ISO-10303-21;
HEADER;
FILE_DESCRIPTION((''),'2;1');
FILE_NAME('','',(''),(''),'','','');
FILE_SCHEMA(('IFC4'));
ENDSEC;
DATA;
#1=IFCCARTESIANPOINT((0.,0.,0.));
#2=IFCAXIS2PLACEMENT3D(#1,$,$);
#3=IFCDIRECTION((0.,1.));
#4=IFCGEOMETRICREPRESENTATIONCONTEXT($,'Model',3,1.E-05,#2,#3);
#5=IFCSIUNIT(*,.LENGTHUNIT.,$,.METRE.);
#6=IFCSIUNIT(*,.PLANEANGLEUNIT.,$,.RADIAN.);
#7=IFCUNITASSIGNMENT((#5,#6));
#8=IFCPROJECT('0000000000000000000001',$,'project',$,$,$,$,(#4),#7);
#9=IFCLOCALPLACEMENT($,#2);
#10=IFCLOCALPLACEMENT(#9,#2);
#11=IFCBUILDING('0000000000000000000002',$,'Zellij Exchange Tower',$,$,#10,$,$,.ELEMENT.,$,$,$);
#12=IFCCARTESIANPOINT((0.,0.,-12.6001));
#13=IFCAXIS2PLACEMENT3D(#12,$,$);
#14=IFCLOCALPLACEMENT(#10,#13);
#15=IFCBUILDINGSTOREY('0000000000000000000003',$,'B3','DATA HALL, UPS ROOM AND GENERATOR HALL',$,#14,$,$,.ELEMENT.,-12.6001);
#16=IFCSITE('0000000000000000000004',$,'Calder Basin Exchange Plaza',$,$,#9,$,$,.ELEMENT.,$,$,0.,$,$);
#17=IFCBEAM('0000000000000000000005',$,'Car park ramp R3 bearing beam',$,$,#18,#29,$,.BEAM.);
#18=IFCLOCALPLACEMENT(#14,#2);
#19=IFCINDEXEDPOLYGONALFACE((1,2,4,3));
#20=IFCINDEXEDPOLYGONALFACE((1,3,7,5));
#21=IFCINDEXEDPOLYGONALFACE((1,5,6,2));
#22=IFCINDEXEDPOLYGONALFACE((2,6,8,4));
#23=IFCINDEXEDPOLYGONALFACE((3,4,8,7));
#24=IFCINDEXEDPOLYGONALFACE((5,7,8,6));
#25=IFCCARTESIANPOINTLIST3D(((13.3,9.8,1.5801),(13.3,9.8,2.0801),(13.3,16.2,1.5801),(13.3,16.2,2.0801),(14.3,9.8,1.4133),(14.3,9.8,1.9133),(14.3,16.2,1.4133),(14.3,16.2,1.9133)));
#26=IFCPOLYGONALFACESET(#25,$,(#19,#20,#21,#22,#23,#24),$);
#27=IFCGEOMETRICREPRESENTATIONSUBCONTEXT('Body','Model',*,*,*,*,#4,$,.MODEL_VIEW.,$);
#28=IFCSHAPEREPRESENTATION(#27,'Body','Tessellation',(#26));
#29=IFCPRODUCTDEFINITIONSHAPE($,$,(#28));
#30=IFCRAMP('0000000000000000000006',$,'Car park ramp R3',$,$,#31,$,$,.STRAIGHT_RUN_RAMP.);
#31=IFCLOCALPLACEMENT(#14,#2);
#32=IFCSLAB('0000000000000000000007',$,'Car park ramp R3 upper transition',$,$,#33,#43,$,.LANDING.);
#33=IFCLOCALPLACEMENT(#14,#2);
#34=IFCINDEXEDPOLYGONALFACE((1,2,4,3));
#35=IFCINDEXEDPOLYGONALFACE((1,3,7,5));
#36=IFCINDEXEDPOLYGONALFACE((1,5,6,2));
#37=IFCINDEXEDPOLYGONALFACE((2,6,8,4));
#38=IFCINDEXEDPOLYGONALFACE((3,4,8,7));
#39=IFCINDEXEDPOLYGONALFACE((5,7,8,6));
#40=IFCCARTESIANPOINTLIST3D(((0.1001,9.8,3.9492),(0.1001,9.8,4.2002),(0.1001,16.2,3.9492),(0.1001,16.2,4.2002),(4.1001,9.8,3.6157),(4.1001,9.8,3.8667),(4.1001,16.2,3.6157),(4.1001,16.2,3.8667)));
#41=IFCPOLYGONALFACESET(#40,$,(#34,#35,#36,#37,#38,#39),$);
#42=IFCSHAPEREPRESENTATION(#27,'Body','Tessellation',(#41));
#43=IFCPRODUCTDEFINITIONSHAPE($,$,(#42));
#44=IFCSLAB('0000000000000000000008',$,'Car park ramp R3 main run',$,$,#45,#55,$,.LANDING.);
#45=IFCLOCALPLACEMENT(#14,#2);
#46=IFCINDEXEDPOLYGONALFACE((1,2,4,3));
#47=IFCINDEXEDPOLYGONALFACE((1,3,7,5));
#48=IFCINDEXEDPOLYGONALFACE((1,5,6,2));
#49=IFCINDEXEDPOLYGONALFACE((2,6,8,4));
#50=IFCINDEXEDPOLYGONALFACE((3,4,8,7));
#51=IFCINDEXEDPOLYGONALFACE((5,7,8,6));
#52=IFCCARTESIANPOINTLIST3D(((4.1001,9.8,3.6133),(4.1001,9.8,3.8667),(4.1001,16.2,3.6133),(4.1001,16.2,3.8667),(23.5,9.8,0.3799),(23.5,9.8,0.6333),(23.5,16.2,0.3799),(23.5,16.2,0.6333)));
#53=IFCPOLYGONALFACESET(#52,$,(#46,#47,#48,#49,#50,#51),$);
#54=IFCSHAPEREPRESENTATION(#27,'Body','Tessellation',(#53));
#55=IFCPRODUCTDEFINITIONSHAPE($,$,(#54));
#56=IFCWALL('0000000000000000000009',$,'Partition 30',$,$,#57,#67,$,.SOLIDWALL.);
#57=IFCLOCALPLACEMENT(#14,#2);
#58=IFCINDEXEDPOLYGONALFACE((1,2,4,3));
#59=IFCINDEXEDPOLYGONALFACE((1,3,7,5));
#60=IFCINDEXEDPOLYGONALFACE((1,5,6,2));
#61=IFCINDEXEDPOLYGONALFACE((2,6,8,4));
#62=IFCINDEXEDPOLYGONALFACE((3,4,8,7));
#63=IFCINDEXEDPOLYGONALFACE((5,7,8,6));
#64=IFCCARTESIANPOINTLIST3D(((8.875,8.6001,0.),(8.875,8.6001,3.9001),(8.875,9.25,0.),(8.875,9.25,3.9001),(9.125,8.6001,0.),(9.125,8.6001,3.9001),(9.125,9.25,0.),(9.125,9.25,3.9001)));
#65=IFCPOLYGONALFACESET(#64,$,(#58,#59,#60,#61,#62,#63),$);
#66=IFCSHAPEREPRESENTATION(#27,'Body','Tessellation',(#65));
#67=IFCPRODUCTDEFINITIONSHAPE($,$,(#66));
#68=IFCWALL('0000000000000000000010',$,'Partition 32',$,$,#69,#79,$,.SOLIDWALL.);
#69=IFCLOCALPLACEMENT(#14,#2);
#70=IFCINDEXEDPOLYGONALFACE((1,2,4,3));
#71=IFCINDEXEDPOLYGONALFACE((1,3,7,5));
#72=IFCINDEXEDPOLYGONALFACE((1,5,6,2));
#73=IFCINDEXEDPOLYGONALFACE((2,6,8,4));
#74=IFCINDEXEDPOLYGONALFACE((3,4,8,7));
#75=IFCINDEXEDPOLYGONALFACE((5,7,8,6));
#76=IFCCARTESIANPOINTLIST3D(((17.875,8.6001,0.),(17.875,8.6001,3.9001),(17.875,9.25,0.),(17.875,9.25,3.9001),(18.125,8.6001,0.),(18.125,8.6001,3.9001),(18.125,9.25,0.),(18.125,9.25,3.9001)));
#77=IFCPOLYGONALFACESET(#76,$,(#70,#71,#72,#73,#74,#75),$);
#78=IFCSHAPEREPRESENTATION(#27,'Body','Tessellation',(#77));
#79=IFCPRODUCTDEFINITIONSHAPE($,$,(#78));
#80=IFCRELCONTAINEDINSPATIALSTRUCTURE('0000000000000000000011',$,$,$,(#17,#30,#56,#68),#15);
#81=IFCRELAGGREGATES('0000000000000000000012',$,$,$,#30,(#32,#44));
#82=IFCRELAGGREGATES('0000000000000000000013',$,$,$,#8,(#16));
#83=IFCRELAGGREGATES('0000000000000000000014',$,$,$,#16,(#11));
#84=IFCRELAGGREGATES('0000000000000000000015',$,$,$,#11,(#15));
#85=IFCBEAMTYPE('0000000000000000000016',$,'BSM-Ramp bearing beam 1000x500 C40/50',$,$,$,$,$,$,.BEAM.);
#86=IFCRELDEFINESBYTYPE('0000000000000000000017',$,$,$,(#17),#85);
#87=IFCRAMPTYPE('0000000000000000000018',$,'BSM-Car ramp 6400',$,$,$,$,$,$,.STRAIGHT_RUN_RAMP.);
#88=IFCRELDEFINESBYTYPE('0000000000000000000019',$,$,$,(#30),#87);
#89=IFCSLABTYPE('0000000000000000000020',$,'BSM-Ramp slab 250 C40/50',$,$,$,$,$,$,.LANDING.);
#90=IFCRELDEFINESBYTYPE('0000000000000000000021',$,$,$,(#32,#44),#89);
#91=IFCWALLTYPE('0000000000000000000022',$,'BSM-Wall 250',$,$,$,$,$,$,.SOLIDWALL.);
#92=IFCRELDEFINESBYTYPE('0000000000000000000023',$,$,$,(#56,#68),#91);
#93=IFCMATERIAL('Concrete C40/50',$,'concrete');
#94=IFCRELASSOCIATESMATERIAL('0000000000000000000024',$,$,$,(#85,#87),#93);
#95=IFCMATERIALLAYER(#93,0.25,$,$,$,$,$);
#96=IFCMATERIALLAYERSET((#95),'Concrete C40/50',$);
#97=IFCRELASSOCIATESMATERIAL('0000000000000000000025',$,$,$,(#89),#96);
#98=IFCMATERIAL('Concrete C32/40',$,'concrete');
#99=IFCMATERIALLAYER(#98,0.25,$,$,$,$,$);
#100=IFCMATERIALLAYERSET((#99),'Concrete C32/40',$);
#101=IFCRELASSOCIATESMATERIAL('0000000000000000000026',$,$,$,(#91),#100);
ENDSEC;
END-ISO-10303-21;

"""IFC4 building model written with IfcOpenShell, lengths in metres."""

from ifc_helpers import new_model, si_unit, direction, frame, frame_2d, origin, place, context, subcontext, project, spatial, polyline, rectangle, outline, extrude, material, layer, layer_set, type_object, element, aggregate, save


model = new_model("IFC4")

# Units and contexts
model_context = context("Model", 3, precision=1e-05, world=origin(), true_north=direction((0.0, 1.0)))
body_context = subcontext(model_context, "Body", "Model", "MODEL_VIEW")
ifc_project = project(units=[si_unit("LENGTHUNIT", "METRE"), si_unit("PLANEANGLEUNIT", "RADIAN")], contexts=[model_context])

# Site, building, storey
site_placement = place(None, origin())
site = spatial("IfcSite", under=ifc_project, at=site_placement, Name="Calder Basin Exchange Plaza", CompositionType="ELEMENT", RefElevation=0.0)
building_placement = place(site_placement, origin())
building = spatial("IfcBuilding", under=site, at=building_placement, Name="Zellij Exchange Tower", CompositionType="ELEMENT")
storey_placement = place(building_placement, frame((0.0, 0.0, -12.6001)))
storey = spatial("IfcBuildingStorey", under=building, at=storey_placement, Name="B3", Description="DATA HALL, UPS ROOM AND GENERATOR HALL", CompositionType="ELEMENT", Elevation=-12.6001)

# Shared definitions
ifc_material_1 = material(Name="Concrete C40/50", Category="concrete")

# Beam
beam_type = type_object("IfcBeamType", Name="BSM-Ramp bearing beam 1000x500 C40/50", PredefinedType="BEAM", material=ifc_material_1)
beam_1_placement = place(storey_placement, frame((13.3, 9.8, 2.0801), z_axis=(0.164477, 0.0, 0.986381), x_axis=(0.986381, 0.0, -0.164477)))
element("IfcBeam", 1, at=beam_1_placement, inside=storey, type_object=beam_type, Name="Car park ramp R3 bearing beam", PredefinedType="BEAM", context=body_context, shape_type="SweptSolid", body=[
    extrude(outline(polyline([(0.0, 0.0), (1.0138, 0.0), (1.0138, 6.3999), (0.0, 6.3999), (0.0, 0.0)])), origin(), (0.164477, 0.0, -0.986381), 0.5),
])

# Ramp, slabs
ramp_type = type_object("IfcRampType", Name="BSM-Car ramp 6400", PredefinedType="STRAIGHT_RUN_RAMP", material=ifc_material_1)
ramp_placement = place(storey_placement, origin())
ramp = element("IfcRamp", 2, at=ramp_placement, inside=storey, type_object=ramp_type, Name="Car park ramp R3", PredefinedType="STRAIGHT_RUN_RAMP")
ifc_layer_1 = layer(ifc_material_1, 0.25)
ifc_layer_set_1 = layer_set([ifc_layer_1], Name="Concrete C40/50")
slab_type = type_object("IfcSlabType", Name="BSM-Ramp slab 250 C40/50", PredefinedType="LANDING", material=ifc_layer_set_1)
slab_1_placement = place(storey_placement, frame((0.1001, 9.8, 4.2002), z_axis=(0.083086, 0.0, 0.996542), x_axis=(0.996542, 0.0, -0.083086)))
slab_1 = element("IfcSlab", 3, at=slab_1_placement, type_object=slab_type, Name="Car park ramp R3 upper transition", PredefinedType="LANDING", context=body_context, shape_type="SweptSolid", body=[
    extrude(outline(polyline([(0.0, 0.0), (4.0139, 0.0), (4.0139, 6.3999), (0.0, 6.3999), (0.0, 0.0)])), origin(), (0.083086, 0.0, -0.996542), 0.251),
])
slab_2_placement = place(storey_placement, frame((4.1001, 9.8, 3.8667), z_axis=(0.164403, 0.0, 0.986393), x_axis=(0.986393, 0.0, -0.164403)))
slab_2 = element("IfcSlab", 4, at=slab_2_placement, type_object=slab_type, Name="Car park ramp R3 main run", PredefinedType="LANDING", context=body_context, shape_type="SweptSolid", body=[
    extrude(outline(polyline([(0.0, 0.0), (19.6675, 0.0), (19.6675, 6.3999), (0.0, 6.3999), (0.0, 0.0)])), origin(), (0.164403, 0.0, -0.986393), 0.2534),
])
aggregate(ramp, [slab_1, slab_2])

# Walls
ifc_material_2 = material(Name="Concrete C32/40", Category="concrete")
ifc_layer_2 = layer(ifc_material_2, 0.25)
ifc_layer_set_2 = layer_set([ifc_layer_2], Name="Concrete C32/40")
wall_type = type_object("IfcWallType", Name="BSM-Wall 250", PredefinedType="SOLIDWALL", material=ifc_layer_set_2)
for number, where, z_axis, x_axis, name in (
    (5, (9.0, 8.6001, 0.0), (0.0, 0.0, 1.0), (0.0, 1.0, 0.0), "Partition 30"),
    (6, (18.0, 8.6001, 0.0), (0.0, 0.0, 1.0), (0.0, 1.0, 0.0), "Partition 32"),
):
    element("IfcWall", number, at=place(storey_placement, frame(where, z_axis=z_axis, x_axis=x_axis)), inside=storey, type_object=wall_type, Name=name, PredefinedType="SOLIDWALL", context=body_context, shape_type="SweptSolid", body=[
        extrude(rectangle(XDim=0.6499, YDim=0.25, at=frame_2d((0.325, 0.0))), origin(), (0.0, 0.0, 1.0), 3.9001),
    ])

save(model, "model.ifc")
